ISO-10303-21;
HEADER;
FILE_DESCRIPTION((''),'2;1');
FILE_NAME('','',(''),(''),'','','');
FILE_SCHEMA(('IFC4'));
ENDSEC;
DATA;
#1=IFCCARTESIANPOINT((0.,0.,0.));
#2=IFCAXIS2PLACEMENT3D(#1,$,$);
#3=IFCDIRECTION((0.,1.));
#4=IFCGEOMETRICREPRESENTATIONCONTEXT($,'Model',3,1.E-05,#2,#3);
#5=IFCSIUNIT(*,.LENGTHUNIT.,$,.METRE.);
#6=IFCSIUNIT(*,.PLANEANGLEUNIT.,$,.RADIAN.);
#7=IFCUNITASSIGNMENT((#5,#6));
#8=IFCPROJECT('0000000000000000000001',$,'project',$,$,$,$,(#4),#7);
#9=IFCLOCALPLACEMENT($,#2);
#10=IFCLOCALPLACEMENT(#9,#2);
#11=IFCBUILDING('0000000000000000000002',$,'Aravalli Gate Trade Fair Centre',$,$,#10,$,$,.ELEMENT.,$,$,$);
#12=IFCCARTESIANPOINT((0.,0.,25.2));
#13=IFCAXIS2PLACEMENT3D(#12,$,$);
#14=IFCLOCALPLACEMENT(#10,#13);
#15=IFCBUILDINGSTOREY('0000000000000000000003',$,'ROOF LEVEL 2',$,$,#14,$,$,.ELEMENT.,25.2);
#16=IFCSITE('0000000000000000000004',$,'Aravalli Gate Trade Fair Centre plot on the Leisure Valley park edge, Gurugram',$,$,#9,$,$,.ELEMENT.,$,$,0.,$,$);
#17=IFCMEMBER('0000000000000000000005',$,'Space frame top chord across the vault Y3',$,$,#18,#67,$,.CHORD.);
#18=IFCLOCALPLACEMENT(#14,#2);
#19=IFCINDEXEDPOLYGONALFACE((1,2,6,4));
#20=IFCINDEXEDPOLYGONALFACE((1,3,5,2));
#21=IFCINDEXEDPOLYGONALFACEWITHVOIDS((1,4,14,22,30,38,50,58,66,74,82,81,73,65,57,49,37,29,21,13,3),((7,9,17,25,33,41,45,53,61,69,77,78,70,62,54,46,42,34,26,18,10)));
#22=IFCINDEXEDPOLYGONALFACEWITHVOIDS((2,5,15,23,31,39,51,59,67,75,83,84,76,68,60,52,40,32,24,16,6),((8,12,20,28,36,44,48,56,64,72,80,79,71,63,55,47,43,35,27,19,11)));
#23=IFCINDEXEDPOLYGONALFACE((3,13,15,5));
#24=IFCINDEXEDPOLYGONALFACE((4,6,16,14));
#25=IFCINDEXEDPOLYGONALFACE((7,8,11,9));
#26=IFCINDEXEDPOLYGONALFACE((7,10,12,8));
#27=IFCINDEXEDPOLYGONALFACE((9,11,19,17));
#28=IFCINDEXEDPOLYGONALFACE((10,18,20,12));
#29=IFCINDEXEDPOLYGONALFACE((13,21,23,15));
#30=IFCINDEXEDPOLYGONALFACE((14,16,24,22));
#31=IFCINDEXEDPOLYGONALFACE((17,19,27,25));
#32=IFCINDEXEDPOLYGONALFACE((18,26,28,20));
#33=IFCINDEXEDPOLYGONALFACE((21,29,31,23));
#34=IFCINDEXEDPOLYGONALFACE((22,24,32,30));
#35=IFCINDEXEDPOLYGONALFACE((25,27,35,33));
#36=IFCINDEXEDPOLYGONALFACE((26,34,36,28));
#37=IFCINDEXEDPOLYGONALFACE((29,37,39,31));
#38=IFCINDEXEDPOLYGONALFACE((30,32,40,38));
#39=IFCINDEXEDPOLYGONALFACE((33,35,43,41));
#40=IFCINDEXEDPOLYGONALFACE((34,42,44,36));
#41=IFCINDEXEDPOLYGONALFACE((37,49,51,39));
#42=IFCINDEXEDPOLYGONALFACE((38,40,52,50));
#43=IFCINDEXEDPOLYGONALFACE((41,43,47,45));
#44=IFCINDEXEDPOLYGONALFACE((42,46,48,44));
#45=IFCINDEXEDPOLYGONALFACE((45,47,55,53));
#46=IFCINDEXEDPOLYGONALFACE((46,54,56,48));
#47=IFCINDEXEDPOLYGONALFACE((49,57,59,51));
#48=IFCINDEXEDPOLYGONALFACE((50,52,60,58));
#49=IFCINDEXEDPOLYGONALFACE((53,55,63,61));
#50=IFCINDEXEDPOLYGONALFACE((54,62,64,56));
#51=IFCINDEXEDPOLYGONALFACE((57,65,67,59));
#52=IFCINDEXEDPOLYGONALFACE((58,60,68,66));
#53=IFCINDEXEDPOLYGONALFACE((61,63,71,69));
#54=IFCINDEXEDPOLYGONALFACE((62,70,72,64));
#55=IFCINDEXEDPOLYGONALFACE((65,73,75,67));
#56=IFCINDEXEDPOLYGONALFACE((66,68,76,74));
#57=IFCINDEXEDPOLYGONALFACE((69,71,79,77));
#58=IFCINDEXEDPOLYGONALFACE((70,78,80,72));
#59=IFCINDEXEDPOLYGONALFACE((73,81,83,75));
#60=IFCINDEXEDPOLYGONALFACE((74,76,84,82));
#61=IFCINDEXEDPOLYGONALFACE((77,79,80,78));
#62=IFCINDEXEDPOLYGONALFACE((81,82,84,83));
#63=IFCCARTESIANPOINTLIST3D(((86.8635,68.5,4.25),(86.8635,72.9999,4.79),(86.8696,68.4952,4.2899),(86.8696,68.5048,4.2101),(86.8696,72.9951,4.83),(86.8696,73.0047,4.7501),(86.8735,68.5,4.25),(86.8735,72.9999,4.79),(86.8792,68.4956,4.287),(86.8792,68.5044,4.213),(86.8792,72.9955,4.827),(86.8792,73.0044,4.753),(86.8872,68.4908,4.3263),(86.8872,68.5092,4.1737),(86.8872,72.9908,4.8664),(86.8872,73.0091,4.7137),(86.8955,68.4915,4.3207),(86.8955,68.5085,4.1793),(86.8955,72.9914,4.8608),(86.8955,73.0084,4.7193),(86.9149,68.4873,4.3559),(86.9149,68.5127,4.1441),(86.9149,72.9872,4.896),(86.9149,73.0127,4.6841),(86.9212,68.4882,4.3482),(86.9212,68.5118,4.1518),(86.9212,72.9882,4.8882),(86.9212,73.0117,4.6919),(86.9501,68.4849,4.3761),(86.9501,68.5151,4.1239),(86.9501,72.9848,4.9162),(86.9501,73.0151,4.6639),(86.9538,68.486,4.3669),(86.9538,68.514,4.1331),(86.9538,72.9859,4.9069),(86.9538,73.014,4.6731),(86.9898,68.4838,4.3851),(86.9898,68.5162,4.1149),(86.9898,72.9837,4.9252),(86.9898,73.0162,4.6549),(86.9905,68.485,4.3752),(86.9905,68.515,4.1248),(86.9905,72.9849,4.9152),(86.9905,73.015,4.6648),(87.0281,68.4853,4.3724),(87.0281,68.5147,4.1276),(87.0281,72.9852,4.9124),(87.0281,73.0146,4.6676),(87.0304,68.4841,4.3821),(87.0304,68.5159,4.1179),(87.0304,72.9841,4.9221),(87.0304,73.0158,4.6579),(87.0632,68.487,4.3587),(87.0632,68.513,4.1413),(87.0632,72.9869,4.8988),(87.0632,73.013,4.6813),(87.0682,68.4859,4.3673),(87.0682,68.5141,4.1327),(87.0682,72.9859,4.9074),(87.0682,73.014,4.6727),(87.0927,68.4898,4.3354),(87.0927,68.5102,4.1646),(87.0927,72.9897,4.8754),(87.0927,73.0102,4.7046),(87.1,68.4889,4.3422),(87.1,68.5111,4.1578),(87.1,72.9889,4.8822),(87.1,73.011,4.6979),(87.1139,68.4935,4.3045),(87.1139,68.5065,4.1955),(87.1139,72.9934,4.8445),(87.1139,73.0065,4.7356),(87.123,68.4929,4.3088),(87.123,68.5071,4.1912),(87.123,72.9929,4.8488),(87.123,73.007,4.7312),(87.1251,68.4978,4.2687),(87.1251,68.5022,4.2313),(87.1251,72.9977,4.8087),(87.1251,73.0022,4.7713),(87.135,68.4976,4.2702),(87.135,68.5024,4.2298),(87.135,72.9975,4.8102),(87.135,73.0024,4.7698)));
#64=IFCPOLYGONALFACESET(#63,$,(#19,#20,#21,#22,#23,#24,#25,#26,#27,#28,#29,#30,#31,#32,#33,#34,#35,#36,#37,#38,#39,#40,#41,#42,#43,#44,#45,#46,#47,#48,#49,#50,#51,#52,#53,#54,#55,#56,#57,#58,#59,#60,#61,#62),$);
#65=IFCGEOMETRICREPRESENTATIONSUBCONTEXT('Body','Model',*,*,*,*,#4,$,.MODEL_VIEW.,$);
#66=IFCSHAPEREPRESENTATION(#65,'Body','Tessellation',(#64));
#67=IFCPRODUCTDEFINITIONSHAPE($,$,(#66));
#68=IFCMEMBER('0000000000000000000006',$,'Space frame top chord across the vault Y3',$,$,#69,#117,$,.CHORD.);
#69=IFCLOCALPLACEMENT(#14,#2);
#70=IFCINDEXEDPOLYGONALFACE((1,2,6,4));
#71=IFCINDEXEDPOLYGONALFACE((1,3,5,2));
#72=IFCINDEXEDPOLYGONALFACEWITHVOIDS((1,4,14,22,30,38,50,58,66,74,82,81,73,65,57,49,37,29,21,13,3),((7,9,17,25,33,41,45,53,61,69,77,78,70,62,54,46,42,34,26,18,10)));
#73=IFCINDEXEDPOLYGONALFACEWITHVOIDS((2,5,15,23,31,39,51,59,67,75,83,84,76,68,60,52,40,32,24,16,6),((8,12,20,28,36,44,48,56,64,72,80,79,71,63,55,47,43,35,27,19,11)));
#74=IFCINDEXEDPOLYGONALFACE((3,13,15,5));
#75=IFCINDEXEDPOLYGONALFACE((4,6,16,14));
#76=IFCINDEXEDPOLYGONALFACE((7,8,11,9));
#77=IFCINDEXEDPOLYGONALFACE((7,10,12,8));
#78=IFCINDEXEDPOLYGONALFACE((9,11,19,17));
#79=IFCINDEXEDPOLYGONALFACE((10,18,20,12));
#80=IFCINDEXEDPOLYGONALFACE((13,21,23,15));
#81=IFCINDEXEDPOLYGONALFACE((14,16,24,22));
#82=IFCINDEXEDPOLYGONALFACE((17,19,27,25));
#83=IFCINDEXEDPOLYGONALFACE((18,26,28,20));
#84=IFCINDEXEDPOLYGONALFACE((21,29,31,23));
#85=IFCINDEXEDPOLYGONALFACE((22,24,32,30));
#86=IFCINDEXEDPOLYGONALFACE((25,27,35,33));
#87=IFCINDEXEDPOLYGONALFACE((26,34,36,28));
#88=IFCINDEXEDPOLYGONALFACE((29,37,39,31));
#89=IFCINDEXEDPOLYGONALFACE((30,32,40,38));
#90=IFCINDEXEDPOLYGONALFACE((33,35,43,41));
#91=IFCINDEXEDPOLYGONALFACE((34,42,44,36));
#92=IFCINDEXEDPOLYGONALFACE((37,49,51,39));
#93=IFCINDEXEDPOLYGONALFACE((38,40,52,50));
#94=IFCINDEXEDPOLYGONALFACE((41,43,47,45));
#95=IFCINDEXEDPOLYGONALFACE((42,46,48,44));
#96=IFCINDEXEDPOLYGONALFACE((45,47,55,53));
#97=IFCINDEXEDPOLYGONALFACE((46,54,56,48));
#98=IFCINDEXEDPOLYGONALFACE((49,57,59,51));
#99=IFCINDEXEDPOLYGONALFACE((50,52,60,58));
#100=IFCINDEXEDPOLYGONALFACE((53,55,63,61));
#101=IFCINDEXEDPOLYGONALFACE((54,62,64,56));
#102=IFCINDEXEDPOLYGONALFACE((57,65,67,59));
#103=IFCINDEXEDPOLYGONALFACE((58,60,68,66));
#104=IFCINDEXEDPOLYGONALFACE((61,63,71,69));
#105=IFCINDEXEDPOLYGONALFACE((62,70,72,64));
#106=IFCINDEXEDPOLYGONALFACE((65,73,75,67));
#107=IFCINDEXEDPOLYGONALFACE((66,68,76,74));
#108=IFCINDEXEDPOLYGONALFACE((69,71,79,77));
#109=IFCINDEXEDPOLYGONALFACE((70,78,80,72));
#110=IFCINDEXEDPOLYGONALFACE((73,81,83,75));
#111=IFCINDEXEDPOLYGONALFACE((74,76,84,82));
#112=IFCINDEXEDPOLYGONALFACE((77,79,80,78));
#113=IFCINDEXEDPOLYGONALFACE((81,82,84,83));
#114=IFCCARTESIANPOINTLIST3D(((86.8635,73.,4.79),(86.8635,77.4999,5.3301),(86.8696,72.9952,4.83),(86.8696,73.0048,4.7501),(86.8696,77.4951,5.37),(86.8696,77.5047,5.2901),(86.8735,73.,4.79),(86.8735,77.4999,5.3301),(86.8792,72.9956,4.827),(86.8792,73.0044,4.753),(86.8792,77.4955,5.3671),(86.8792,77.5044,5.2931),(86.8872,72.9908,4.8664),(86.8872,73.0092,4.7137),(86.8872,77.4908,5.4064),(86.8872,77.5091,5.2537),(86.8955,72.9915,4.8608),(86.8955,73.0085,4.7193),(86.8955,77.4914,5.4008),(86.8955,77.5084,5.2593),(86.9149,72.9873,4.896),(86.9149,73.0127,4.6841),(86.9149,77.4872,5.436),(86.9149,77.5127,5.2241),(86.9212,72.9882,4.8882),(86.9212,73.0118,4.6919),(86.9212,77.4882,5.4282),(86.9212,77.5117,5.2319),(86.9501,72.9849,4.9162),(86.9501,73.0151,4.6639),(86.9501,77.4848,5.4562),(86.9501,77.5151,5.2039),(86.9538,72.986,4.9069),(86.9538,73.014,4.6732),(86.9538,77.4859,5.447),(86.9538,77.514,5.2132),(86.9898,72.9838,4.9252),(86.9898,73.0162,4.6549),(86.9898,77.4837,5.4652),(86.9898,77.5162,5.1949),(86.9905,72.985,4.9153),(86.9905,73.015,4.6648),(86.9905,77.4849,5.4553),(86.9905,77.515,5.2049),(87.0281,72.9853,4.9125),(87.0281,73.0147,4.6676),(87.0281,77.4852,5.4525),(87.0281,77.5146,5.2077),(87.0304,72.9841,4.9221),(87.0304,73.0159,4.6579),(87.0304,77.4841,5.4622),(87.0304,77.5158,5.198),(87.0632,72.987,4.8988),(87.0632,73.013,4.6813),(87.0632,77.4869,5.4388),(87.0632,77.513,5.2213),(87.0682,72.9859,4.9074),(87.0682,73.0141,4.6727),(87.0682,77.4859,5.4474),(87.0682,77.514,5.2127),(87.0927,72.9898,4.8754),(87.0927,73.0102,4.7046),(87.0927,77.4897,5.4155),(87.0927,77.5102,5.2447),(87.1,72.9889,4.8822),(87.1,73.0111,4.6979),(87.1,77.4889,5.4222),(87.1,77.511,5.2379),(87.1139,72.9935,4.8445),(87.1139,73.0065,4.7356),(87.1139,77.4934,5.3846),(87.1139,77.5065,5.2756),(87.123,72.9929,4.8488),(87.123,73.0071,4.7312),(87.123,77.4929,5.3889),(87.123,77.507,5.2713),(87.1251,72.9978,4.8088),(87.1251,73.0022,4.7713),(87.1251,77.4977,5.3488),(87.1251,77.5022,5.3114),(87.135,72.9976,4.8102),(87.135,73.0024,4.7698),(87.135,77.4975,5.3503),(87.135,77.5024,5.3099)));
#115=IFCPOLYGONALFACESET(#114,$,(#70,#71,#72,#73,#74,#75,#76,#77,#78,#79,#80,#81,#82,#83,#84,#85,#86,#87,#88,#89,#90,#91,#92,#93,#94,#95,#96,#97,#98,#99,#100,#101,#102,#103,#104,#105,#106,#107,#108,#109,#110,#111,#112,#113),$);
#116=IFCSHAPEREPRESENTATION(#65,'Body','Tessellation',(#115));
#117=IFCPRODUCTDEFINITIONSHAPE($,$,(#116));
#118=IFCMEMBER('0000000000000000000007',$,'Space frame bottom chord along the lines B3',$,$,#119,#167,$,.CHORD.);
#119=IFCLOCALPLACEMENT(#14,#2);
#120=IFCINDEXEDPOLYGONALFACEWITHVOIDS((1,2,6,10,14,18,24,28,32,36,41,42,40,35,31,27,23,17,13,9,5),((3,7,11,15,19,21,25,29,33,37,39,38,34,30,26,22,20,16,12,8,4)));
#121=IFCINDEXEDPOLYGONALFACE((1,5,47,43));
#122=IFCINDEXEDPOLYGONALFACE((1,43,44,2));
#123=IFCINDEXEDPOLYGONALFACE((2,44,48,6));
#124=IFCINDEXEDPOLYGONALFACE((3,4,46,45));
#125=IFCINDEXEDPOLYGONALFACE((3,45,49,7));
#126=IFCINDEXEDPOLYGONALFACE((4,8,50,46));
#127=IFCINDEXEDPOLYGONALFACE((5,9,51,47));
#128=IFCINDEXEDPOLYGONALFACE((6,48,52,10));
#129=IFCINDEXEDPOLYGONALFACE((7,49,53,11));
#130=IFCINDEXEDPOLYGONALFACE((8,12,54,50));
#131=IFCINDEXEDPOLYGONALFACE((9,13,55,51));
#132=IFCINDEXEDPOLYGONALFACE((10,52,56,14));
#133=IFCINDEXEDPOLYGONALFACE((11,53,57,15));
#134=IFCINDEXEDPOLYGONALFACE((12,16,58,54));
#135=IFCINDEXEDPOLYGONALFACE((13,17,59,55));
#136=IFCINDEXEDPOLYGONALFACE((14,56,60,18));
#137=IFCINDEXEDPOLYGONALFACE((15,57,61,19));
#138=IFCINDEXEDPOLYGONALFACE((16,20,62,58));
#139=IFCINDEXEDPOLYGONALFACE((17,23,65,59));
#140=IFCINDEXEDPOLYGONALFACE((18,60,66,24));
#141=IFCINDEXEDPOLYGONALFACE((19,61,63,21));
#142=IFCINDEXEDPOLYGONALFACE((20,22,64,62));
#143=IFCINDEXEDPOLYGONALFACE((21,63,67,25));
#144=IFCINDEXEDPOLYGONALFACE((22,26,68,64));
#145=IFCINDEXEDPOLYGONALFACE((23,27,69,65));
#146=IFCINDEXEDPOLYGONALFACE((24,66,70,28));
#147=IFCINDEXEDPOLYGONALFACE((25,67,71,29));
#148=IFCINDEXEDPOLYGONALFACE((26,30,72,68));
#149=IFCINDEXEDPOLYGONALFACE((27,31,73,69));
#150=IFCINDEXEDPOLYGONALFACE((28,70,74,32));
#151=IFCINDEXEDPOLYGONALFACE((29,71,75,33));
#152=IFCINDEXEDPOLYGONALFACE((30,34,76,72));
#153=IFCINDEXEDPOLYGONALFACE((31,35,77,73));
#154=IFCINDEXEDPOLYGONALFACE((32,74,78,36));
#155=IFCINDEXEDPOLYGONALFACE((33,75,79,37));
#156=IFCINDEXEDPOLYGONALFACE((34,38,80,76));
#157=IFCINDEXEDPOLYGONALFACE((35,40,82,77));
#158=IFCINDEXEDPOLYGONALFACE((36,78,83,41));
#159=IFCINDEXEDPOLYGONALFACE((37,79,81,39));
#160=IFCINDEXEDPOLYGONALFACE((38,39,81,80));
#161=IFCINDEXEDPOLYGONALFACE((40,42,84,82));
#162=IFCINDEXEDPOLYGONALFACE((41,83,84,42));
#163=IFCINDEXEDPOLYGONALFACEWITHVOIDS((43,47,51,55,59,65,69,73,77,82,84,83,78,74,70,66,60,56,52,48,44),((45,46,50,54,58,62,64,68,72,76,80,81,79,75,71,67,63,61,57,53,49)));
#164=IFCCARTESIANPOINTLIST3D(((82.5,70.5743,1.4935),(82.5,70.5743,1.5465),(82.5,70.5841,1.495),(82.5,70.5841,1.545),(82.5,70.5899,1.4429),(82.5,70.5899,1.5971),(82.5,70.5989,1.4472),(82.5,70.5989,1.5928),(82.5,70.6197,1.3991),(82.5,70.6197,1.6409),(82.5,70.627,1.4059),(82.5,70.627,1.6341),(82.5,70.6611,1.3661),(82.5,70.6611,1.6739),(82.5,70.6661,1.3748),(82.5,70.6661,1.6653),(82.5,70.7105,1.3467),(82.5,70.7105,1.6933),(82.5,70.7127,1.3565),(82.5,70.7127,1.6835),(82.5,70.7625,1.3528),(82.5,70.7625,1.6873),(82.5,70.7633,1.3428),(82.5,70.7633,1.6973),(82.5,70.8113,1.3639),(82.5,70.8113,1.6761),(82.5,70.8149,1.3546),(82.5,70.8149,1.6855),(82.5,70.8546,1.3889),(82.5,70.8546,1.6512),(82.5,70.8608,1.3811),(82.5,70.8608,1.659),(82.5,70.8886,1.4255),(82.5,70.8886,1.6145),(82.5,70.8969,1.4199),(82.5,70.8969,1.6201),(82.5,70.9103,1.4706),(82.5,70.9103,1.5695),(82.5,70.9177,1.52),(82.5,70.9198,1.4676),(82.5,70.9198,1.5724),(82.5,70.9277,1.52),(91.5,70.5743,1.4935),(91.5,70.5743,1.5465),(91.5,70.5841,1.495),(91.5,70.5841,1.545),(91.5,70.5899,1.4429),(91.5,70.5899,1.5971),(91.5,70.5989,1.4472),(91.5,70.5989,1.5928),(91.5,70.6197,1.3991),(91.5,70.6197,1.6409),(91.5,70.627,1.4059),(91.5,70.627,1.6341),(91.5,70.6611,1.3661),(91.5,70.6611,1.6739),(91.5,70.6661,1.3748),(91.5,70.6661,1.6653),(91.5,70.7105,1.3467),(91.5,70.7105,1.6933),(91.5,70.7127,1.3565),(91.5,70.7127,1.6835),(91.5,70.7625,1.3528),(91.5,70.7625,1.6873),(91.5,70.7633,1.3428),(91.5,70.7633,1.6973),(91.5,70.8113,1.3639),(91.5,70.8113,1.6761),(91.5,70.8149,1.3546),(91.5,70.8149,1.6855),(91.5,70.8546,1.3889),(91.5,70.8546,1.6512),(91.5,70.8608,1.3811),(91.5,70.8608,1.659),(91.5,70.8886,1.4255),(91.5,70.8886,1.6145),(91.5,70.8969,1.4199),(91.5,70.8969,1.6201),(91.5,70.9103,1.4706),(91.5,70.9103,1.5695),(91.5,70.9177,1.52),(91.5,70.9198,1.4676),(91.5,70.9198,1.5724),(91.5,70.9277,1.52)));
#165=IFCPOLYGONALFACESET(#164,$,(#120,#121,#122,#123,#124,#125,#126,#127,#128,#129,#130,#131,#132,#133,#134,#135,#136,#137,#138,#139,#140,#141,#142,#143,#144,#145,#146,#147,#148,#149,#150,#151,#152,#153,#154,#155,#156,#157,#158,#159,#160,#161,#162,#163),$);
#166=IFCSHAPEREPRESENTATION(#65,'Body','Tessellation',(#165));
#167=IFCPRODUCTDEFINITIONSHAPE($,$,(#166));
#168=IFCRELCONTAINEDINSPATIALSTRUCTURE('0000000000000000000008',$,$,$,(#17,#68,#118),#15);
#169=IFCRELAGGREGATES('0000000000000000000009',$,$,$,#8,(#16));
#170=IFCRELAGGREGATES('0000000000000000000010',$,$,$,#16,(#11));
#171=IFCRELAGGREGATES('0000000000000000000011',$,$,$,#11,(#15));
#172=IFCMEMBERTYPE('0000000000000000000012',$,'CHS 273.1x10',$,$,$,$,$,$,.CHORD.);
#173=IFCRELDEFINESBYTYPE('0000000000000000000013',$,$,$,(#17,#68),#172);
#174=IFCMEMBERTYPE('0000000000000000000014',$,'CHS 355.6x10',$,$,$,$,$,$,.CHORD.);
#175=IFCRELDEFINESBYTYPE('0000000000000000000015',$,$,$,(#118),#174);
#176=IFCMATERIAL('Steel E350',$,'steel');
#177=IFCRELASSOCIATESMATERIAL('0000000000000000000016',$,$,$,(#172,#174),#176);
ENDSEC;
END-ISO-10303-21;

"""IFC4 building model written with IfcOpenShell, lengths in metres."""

from ifc_helpers import new_model, si_unit, direction, frame, origin, origin_2d, place, context, subcontext, project, spatial, hollow_circle, extrude, material, material_profile, profile_set, type_object, element, save


model = new_model("IFC4")

# Units and contexts
model_context = context("Model", 3, precision=1e-05, world=origin(), true_north=direction((0.0, 1.0)))
body_context = subcontext(model_context, "Body", "Model", "MODEL_VIEW")
ifc_project = project(units=[si_unit("LENGTHUNIT", "METRE"), si_unit("PLANEANGLEUNIT", "RADIAN")], contexts=[model_context])

# Site, building, storey
site_placement = place(None, origin())
site = spatial("IfcSite", under=ifc_project, at=site_placement, Name="Aravalli Gate Trade Fair Centre plot on the Leisure Valley park edge, Gurugram", CompositionType="ELEMENT", RefElevation=0.0)
building_placement = place(site_placement, origin())
building = spatial("IfcBuilding", under=site, at=building_placement, Name="Aravalli Gate Trade Fair Centre", CompositionType="ELEMENT")
storey_placement = place(building_placement, frame((0.0, 0.0, 25.2)))
storey = spatial("IfcBuildingStorey", under=building, at=storey_placement, Name="ROOF LEVEL 2", CompositionType="ELEMENT", Elevation=25.2)

# Members
ifc_material_1 = material(Name="Steel E350", Category="steel")
ifc_material_profile_1 = material_profile(ifc_material_1, hollow_circle(Radius=0.1365, WallThickness=0.01, at=origin_2d()), Name="CHS 273.1x10")
ifc_profile_set_1 = profile_set([ifc_material_profile_1], Name="Steel E350")
member_type_1 = type_object("IfcMemberType", Name="CHS 273.1x10", PredefinedType="CHORD", material=ifc_profile_set_1)
for number, where, z_axis, x_axis, name in (
    (1, (87.0, 68.5, 4.25), (0.0, 0.992876, 0.119154), (-1.0, 0.0, 0.0), "Space frame top chord across the vault Y3"),
    (2, (87.0, 73.0, 4.79), (0.0, 0.992876, 0.119154), (-1.0, 0.0, 0.0), "Space frame top chord across the vault Y3"),
):
    element("IfcMember", number, at=place(storey_placement, frame(where, z_axis=z_axis, x_axis=x_axis)), inside=storey, type_object=member_type_1, Name=name, PredefinedType="CHORD", context=body_context, shape_type="SweptSolid", body=[
        extrude(hollow_circle(Radius=0.1365, WallThickness=0.01, at=origin_2d()), origin(), (0.0, 0.0, 1.0), 4.5322),
    ])
ifc_material_profile_2 = material_profile(ifc_material_1, hollow_circle(Radius=0.1777, WallThickness=0.01, at=origin_2d()), Name="CHS 355.6x10")
ifc_profile_set_2 = profile_set([ifc_material_profile_2], Name="Steel E350")
member_type_2 = type_object("IfcMemberType", Name="CHS 355.6x10", PredefinedType="CHORD", material=ifc_profile_set_2)
for number, where, z_axis, x_axis, name in (
    (3, (82.5, 70.75, 1.52), (1.0, 0.0, 0.0), (0.0, 1.0, 0.0), "Space frame bottom chord along the lines B3"),
):
    element("IfcMember", number, at=place(storey_placement, frame(where, z_axis=z_axis, x_axis=x_axis)), inside=storey, type_object=member_type_2, Name=name, PredefinedType="CHORD", context=body_context, shape_type="SweptSolid", body=[
        extrude(hollow_circle(Radius=0.1777, WallThickness=0.01, at=origin_2d()), origin(), (0.0, 0.0, 1.0), 9.0),
    ])

save(model, "model.ifc")
